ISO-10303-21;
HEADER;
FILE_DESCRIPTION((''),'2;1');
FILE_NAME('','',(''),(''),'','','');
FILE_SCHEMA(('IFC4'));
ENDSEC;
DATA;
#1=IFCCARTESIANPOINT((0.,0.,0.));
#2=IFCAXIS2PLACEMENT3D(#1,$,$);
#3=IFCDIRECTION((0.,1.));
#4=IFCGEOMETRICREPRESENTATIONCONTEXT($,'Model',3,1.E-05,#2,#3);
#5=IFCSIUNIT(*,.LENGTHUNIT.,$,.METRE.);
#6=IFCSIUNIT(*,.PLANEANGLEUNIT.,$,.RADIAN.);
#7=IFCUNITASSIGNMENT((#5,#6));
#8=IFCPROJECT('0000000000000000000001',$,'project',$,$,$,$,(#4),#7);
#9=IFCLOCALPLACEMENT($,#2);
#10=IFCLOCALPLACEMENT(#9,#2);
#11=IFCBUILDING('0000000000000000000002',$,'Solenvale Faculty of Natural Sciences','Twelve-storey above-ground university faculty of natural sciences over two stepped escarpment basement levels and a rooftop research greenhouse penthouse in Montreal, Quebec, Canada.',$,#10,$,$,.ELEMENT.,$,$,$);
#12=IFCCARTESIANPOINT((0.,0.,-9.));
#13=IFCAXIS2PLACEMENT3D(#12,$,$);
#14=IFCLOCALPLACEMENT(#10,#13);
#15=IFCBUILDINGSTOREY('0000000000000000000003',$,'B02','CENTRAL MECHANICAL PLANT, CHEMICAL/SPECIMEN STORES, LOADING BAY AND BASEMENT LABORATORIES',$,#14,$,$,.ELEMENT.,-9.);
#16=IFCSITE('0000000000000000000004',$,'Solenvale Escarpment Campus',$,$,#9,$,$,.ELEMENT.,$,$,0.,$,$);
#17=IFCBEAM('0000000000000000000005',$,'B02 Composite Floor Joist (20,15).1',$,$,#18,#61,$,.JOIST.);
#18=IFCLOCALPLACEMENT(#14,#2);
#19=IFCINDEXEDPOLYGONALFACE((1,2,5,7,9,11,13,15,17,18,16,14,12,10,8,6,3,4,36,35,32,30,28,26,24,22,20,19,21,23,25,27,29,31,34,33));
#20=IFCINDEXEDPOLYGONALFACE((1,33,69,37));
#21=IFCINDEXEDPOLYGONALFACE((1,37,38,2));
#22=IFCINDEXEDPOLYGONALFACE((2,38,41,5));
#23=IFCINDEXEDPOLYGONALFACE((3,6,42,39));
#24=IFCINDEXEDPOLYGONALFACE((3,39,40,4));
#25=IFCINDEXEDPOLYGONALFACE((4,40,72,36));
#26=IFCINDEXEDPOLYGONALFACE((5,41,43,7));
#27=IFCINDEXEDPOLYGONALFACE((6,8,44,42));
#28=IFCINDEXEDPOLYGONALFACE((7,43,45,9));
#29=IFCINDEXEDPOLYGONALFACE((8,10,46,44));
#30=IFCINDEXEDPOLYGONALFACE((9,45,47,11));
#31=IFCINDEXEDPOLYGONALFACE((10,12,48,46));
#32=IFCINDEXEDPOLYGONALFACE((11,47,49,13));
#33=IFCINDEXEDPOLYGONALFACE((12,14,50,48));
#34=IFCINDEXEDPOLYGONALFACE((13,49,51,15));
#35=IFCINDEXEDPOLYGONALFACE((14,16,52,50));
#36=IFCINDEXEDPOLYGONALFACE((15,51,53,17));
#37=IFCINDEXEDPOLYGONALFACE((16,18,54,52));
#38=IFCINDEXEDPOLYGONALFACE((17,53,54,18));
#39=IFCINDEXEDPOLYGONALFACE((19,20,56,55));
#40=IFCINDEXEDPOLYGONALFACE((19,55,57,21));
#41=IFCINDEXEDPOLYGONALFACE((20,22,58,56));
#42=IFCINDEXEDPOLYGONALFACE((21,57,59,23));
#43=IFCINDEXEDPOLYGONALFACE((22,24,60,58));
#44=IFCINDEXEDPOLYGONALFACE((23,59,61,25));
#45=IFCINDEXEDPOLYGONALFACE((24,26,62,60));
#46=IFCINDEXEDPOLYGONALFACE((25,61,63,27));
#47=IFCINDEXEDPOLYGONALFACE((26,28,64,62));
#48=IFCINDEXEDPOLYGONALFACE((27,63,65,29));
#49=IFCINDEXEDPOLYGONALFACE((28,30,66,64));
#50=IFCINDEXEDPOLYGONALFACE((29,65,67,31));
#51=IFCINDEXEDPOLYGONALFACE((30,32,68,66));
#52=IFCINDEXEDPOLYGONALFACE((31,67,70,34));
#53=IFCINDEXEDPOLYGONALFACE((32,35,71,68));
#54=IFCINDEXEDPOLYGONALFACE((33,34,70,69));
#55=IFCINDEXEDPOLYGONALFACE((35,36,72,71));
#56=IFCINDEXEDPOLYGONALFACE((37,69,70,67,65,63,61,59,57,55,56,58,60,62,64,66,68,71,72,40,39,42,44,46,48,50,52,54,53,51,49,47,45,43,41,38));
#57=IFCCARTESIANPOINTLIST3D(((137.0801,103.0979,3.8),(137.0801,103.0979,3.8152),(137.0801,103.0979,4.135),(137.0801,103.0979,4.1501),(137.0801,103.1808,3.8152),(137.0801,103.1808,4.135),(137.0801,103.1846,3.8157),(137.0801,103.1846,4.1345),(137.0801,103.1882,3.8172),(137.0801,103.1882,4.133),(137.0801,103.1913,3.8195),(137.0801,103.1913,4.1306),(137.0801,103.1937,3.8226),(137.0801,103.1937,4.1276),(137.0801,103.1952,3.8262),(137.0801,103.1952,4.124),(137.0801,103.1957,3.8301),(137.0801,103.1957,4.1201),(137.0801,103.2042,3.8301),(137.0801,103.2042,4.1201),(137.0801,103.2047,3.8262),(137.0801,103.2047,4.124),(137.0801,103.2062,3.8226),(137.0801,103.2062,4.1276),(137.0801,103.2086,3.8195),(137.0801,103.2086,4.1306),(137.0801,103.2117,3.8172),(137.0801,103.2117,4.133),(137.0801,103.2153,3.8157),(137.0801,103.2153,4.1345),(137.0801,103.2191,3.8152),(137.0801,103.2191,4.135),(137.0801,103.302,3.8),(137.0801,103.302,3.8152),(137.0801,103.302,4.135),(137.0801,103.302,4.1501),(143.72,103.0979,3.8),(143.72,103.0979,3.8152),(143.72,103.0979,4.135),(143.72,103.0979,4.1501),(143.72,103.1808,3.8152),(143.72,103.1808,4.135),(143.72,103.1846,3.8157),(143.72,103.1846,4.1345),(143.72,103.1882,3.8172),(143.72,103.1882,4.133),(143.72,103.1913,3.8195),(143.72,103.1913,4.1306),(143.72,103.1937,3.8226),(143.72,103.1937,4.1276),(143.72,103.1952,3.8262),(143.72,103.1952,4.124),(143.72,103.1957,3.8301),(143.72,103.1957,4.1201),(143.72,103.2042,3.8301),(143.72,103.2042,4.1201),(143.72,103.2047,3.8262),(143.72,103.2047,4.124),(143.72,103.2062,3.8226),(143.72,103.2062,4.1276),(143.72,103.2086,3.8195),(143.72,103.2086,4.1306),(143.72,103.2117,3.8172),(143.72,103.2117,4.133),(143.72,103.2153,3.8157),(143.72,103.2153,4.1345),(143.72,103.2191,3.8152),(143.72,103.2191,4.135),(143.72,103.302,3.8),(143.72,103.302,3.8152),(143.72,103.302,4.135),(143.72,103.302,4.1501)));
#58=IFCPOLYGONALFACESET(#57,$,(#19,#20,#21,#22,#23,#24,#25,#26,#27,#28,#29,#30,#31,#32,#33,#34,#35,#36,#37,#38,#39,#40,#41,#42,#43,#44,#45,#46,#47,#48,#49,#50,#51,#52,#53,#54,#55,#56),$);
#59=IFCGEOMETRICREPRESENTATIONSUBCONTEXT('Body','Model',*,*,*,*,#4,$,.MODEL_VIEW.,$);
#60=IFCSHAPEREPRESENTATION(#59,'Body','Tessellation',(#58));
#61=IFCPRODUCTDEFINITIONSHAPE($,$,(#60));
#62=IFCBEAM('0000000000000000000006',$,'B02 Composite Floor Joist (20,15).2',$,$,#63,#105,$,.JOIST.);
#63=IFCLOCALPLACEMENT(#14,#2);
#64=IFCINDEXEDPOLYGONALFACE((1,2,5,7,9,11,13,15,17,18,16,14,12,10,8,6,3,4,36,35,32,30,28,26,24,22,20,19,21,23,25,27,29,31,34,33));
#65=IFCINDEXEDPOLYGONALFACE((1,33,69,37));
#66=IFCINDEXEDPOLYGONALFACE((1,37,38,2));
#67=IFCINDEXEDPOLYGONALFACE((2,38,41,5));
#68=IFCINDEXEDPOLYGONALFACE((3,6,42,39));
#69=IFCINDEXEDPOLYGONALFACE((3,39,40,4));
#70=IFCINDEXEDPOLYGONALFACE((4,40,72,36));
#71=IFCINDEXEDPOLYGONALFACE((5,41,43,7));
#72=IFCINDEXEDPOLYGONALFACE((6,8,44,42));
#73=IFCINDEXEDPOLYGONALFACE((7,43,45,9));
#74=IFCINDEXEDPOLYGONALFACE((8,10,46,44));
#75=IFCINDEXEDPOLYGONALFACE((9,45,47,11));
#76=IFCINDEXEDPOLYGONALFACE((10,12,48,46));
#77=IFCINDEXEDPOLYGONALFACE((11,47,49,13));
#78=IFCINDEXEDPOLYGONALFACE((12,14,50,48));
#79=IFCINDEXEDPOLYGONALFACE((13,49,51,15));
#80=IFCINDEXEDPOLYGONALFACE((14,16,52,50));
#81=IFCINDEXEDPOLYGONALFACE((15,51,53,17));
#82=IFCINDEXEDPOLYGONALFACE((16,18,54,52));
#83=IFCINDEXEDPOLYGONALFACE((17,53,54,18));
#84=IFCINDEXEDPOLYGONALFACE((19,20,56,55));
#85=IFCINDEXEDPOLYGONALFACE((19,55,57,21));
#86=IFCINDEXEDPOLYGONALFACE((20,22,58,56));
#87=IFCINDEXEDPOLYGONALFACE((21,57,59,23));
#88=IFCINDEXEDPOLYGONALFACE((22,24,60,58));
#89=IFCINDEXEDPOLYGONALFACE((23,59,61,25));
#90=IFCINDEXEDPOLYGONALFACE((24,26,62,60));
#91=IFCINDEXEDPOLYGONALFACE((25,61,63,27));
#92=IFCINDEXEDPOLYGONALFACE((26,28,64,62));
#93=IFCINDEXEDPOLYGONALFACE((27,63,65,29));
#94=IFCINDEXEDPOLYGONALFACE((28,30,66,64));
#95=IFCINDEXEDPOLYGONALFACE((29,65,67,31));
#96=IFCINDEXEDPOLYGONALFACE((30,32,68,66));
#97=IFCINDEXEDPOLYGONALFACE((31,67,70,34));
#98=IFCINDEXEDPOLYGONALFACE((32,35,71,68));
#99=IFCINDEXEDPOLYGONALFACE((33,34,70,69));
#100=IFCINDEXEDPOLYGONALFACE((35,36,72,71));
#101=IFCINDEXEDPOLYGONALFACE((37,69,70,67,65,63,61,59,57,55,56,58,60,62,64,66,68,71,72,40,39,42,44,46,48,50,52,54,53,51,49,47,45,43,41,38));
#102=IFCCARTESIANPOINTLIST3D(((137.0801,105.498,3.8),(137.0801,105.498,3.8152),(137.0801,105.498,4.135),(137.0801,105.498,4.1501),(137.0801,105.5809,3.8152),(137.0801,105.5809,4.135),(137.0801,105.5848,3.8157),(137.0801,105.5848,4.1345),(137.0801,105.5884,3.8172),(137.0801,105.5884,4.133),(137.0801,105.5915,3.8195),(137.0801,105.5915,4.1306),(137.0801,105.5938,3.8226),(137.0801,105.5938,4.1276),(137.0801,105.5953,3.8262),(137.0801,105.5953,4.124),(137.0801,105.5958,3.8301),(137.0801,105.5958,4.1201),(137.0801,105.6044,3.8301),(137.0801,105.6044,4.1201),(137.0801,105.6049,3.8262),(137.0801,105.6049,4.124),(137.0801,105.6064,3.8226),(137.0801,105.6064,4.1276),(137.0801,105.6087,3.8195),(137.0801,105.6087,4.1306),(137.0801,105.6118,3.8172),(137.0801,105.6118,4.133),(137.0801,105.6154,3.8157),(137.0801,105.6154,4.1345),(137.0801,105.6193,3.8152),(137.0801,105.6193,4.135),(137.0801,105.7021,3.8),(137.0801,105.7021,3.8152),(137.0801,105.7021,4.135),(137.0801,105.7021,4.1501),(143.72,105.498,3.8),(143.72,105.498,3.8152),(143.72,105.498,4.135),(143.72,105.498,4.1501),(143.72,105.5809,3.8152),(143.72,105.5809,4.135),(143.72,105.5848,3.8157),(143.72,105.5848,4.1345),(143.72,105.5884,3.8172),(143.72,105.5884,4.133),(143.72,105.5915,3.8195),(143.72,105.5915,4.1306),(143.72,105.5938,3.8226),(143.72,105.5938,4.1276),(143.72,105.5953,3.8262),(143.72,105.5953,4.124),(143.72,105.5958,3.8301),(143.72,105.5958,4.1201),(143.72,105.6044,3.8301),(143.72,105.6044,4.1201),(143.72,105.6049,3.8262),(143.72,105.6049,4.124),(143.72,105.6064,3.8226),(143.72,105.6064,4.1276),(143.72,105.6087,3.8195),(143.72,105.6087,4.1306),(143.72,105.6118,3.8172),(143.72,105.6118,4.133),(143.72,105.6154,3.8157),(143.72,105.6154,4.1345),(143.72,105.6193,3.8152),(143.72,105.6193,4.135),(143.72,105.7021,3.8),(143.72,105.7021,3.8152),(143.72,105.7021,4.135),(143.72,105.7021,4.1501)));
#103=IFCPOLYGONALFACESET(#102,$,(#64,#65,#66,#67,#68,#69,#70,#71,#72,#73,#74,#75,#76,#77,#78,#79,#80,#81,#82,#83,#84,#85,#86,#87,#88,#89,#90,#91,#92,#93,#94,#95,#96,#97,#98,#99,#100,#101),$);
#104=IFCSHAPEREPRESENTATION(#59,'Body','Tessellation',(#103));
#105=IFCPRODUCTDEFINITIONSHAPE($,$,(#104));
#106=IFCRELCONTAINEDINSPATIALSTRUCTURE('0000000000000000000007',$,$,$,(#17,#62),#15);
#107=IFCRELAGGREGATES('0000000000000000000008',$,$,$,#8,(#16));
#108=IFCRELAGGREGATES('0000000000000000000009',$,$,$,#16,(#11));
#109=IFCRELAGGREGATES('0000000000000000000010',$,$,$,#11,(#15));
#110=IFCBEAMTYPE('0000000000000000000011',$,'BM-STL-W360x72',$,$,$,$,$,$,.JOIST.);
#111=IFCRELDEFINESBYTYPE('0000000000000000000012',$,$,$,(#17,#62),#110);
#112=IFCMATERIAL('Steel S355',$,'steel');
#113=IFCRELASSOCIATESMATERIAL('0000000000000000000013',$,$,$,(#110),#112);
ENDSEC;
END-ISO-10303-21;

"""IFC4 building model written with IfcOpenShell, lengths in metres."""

from ifc_helpers import new_model, si_unit, direction, frame, origin, origin_2d, place, context, subcontext, project, spatial, i_section, extrude, material, material_profile, profile_set, type_object, element, save


model = new_model("IFC4")

# Units and contexts
model_context = context("Model", 3, precision=1e-05, world=origin(), true_north=direction((0.0, 1.0)))
body_context = subcontext(model_context, "Body", "Model", "MODEL_VIEW")
ifc_project = project(units=[si_unit("LENGTHUNIT", "METRE"), si_unit("PLANEANGLEUNIT", "RADIAN")], contexts=[model_context])

# Site, building, storey
site_placement = place(None, origin())
site = spatial("IfcSite", under=ifc_project, at=site_placement, Name="Solenvale Escarpment Campus", CompositionType="ELEMENT", RefElevation=0.0)
building_placement = place(site_placement, origin())
building = spatial("IfcBuilding", under=site, at=building_placement, Name="Solenvale Faculty of Natural Sciences", Description="Twelve-storey above-ground university faculty of natural sciences over two stepped escarpment basement levels and a rooftop research greenhouse penthouse in Montreal, Quebec, Canada.", CompositionType="ELEMENT")
storey_placement = place(building_placement, frame((0.0, 0.0, -9.0)))
storey = spatial("IfcBuildingStorey", under=building, at=storey_placement, Name="B02", Description="CENTRAL MECHANICAL PLANT, CHEMICAL/SPECIMEN STORES, LOADING BAY AND BASEMENT LABORATORIES", CompositionType="ELEMENT", Elevation=-9.0)

# Beams
ifc_material_1 = material(Name="Steel S355", Category="steel")
ifc_material_profile_1 = material_profile(ifc_material_1, i_section(OverallWidth=0.2041, OverallDepth=0.3501, WebThickness=0.0085, FlangeThickness=0.0151, FilletRadius=0.0149, at=origin_2d()), Name="W360x72")
ifc_profile_set_1 = profile_set([ifc_material_profile_1], Name="Steel S355")
beam_type_1 = type_object("IfcBeamType", Name="BM-STL-W360x72", PredefinedType="JOIST", material=ifc_profile_set_1)
for number, where, z_axis, x_axis, name in (
    (1, (137.0801, 103.2, 3.9751), (1.0, 0.0, 0.0), (0.0, 1.0, 0.0), "B02 Composite Floor Joist (20,15).1"),
    (2, (137.0801, 105.6001, 3.9751), (1.0, 0.0, 0.0), (0.0, 1.0, 0.0), "B02 Composite Floor Joist (20,15).2"),
):
    element("IfcBeam", number, at=place(storey_placement, frame(where, z_axis=z_axis, x_axis=x_axis)), inside=storey, type_object=beam_type_1, Name=name, PredefinedType="JOIST", context=body_context, shape_type="SweptSolid", body=[
        extrude(i_section(OverallWidth=0.2041, OverallDepth=0.3501, WebThickness=0.0085, FlangeThickness=0.0151, FilletRadius=0.0149, at=origin_2d()), origin(), (0.0, 0.0, 1.0), 6.6399),
    ])

save(model, "model.ifc")
